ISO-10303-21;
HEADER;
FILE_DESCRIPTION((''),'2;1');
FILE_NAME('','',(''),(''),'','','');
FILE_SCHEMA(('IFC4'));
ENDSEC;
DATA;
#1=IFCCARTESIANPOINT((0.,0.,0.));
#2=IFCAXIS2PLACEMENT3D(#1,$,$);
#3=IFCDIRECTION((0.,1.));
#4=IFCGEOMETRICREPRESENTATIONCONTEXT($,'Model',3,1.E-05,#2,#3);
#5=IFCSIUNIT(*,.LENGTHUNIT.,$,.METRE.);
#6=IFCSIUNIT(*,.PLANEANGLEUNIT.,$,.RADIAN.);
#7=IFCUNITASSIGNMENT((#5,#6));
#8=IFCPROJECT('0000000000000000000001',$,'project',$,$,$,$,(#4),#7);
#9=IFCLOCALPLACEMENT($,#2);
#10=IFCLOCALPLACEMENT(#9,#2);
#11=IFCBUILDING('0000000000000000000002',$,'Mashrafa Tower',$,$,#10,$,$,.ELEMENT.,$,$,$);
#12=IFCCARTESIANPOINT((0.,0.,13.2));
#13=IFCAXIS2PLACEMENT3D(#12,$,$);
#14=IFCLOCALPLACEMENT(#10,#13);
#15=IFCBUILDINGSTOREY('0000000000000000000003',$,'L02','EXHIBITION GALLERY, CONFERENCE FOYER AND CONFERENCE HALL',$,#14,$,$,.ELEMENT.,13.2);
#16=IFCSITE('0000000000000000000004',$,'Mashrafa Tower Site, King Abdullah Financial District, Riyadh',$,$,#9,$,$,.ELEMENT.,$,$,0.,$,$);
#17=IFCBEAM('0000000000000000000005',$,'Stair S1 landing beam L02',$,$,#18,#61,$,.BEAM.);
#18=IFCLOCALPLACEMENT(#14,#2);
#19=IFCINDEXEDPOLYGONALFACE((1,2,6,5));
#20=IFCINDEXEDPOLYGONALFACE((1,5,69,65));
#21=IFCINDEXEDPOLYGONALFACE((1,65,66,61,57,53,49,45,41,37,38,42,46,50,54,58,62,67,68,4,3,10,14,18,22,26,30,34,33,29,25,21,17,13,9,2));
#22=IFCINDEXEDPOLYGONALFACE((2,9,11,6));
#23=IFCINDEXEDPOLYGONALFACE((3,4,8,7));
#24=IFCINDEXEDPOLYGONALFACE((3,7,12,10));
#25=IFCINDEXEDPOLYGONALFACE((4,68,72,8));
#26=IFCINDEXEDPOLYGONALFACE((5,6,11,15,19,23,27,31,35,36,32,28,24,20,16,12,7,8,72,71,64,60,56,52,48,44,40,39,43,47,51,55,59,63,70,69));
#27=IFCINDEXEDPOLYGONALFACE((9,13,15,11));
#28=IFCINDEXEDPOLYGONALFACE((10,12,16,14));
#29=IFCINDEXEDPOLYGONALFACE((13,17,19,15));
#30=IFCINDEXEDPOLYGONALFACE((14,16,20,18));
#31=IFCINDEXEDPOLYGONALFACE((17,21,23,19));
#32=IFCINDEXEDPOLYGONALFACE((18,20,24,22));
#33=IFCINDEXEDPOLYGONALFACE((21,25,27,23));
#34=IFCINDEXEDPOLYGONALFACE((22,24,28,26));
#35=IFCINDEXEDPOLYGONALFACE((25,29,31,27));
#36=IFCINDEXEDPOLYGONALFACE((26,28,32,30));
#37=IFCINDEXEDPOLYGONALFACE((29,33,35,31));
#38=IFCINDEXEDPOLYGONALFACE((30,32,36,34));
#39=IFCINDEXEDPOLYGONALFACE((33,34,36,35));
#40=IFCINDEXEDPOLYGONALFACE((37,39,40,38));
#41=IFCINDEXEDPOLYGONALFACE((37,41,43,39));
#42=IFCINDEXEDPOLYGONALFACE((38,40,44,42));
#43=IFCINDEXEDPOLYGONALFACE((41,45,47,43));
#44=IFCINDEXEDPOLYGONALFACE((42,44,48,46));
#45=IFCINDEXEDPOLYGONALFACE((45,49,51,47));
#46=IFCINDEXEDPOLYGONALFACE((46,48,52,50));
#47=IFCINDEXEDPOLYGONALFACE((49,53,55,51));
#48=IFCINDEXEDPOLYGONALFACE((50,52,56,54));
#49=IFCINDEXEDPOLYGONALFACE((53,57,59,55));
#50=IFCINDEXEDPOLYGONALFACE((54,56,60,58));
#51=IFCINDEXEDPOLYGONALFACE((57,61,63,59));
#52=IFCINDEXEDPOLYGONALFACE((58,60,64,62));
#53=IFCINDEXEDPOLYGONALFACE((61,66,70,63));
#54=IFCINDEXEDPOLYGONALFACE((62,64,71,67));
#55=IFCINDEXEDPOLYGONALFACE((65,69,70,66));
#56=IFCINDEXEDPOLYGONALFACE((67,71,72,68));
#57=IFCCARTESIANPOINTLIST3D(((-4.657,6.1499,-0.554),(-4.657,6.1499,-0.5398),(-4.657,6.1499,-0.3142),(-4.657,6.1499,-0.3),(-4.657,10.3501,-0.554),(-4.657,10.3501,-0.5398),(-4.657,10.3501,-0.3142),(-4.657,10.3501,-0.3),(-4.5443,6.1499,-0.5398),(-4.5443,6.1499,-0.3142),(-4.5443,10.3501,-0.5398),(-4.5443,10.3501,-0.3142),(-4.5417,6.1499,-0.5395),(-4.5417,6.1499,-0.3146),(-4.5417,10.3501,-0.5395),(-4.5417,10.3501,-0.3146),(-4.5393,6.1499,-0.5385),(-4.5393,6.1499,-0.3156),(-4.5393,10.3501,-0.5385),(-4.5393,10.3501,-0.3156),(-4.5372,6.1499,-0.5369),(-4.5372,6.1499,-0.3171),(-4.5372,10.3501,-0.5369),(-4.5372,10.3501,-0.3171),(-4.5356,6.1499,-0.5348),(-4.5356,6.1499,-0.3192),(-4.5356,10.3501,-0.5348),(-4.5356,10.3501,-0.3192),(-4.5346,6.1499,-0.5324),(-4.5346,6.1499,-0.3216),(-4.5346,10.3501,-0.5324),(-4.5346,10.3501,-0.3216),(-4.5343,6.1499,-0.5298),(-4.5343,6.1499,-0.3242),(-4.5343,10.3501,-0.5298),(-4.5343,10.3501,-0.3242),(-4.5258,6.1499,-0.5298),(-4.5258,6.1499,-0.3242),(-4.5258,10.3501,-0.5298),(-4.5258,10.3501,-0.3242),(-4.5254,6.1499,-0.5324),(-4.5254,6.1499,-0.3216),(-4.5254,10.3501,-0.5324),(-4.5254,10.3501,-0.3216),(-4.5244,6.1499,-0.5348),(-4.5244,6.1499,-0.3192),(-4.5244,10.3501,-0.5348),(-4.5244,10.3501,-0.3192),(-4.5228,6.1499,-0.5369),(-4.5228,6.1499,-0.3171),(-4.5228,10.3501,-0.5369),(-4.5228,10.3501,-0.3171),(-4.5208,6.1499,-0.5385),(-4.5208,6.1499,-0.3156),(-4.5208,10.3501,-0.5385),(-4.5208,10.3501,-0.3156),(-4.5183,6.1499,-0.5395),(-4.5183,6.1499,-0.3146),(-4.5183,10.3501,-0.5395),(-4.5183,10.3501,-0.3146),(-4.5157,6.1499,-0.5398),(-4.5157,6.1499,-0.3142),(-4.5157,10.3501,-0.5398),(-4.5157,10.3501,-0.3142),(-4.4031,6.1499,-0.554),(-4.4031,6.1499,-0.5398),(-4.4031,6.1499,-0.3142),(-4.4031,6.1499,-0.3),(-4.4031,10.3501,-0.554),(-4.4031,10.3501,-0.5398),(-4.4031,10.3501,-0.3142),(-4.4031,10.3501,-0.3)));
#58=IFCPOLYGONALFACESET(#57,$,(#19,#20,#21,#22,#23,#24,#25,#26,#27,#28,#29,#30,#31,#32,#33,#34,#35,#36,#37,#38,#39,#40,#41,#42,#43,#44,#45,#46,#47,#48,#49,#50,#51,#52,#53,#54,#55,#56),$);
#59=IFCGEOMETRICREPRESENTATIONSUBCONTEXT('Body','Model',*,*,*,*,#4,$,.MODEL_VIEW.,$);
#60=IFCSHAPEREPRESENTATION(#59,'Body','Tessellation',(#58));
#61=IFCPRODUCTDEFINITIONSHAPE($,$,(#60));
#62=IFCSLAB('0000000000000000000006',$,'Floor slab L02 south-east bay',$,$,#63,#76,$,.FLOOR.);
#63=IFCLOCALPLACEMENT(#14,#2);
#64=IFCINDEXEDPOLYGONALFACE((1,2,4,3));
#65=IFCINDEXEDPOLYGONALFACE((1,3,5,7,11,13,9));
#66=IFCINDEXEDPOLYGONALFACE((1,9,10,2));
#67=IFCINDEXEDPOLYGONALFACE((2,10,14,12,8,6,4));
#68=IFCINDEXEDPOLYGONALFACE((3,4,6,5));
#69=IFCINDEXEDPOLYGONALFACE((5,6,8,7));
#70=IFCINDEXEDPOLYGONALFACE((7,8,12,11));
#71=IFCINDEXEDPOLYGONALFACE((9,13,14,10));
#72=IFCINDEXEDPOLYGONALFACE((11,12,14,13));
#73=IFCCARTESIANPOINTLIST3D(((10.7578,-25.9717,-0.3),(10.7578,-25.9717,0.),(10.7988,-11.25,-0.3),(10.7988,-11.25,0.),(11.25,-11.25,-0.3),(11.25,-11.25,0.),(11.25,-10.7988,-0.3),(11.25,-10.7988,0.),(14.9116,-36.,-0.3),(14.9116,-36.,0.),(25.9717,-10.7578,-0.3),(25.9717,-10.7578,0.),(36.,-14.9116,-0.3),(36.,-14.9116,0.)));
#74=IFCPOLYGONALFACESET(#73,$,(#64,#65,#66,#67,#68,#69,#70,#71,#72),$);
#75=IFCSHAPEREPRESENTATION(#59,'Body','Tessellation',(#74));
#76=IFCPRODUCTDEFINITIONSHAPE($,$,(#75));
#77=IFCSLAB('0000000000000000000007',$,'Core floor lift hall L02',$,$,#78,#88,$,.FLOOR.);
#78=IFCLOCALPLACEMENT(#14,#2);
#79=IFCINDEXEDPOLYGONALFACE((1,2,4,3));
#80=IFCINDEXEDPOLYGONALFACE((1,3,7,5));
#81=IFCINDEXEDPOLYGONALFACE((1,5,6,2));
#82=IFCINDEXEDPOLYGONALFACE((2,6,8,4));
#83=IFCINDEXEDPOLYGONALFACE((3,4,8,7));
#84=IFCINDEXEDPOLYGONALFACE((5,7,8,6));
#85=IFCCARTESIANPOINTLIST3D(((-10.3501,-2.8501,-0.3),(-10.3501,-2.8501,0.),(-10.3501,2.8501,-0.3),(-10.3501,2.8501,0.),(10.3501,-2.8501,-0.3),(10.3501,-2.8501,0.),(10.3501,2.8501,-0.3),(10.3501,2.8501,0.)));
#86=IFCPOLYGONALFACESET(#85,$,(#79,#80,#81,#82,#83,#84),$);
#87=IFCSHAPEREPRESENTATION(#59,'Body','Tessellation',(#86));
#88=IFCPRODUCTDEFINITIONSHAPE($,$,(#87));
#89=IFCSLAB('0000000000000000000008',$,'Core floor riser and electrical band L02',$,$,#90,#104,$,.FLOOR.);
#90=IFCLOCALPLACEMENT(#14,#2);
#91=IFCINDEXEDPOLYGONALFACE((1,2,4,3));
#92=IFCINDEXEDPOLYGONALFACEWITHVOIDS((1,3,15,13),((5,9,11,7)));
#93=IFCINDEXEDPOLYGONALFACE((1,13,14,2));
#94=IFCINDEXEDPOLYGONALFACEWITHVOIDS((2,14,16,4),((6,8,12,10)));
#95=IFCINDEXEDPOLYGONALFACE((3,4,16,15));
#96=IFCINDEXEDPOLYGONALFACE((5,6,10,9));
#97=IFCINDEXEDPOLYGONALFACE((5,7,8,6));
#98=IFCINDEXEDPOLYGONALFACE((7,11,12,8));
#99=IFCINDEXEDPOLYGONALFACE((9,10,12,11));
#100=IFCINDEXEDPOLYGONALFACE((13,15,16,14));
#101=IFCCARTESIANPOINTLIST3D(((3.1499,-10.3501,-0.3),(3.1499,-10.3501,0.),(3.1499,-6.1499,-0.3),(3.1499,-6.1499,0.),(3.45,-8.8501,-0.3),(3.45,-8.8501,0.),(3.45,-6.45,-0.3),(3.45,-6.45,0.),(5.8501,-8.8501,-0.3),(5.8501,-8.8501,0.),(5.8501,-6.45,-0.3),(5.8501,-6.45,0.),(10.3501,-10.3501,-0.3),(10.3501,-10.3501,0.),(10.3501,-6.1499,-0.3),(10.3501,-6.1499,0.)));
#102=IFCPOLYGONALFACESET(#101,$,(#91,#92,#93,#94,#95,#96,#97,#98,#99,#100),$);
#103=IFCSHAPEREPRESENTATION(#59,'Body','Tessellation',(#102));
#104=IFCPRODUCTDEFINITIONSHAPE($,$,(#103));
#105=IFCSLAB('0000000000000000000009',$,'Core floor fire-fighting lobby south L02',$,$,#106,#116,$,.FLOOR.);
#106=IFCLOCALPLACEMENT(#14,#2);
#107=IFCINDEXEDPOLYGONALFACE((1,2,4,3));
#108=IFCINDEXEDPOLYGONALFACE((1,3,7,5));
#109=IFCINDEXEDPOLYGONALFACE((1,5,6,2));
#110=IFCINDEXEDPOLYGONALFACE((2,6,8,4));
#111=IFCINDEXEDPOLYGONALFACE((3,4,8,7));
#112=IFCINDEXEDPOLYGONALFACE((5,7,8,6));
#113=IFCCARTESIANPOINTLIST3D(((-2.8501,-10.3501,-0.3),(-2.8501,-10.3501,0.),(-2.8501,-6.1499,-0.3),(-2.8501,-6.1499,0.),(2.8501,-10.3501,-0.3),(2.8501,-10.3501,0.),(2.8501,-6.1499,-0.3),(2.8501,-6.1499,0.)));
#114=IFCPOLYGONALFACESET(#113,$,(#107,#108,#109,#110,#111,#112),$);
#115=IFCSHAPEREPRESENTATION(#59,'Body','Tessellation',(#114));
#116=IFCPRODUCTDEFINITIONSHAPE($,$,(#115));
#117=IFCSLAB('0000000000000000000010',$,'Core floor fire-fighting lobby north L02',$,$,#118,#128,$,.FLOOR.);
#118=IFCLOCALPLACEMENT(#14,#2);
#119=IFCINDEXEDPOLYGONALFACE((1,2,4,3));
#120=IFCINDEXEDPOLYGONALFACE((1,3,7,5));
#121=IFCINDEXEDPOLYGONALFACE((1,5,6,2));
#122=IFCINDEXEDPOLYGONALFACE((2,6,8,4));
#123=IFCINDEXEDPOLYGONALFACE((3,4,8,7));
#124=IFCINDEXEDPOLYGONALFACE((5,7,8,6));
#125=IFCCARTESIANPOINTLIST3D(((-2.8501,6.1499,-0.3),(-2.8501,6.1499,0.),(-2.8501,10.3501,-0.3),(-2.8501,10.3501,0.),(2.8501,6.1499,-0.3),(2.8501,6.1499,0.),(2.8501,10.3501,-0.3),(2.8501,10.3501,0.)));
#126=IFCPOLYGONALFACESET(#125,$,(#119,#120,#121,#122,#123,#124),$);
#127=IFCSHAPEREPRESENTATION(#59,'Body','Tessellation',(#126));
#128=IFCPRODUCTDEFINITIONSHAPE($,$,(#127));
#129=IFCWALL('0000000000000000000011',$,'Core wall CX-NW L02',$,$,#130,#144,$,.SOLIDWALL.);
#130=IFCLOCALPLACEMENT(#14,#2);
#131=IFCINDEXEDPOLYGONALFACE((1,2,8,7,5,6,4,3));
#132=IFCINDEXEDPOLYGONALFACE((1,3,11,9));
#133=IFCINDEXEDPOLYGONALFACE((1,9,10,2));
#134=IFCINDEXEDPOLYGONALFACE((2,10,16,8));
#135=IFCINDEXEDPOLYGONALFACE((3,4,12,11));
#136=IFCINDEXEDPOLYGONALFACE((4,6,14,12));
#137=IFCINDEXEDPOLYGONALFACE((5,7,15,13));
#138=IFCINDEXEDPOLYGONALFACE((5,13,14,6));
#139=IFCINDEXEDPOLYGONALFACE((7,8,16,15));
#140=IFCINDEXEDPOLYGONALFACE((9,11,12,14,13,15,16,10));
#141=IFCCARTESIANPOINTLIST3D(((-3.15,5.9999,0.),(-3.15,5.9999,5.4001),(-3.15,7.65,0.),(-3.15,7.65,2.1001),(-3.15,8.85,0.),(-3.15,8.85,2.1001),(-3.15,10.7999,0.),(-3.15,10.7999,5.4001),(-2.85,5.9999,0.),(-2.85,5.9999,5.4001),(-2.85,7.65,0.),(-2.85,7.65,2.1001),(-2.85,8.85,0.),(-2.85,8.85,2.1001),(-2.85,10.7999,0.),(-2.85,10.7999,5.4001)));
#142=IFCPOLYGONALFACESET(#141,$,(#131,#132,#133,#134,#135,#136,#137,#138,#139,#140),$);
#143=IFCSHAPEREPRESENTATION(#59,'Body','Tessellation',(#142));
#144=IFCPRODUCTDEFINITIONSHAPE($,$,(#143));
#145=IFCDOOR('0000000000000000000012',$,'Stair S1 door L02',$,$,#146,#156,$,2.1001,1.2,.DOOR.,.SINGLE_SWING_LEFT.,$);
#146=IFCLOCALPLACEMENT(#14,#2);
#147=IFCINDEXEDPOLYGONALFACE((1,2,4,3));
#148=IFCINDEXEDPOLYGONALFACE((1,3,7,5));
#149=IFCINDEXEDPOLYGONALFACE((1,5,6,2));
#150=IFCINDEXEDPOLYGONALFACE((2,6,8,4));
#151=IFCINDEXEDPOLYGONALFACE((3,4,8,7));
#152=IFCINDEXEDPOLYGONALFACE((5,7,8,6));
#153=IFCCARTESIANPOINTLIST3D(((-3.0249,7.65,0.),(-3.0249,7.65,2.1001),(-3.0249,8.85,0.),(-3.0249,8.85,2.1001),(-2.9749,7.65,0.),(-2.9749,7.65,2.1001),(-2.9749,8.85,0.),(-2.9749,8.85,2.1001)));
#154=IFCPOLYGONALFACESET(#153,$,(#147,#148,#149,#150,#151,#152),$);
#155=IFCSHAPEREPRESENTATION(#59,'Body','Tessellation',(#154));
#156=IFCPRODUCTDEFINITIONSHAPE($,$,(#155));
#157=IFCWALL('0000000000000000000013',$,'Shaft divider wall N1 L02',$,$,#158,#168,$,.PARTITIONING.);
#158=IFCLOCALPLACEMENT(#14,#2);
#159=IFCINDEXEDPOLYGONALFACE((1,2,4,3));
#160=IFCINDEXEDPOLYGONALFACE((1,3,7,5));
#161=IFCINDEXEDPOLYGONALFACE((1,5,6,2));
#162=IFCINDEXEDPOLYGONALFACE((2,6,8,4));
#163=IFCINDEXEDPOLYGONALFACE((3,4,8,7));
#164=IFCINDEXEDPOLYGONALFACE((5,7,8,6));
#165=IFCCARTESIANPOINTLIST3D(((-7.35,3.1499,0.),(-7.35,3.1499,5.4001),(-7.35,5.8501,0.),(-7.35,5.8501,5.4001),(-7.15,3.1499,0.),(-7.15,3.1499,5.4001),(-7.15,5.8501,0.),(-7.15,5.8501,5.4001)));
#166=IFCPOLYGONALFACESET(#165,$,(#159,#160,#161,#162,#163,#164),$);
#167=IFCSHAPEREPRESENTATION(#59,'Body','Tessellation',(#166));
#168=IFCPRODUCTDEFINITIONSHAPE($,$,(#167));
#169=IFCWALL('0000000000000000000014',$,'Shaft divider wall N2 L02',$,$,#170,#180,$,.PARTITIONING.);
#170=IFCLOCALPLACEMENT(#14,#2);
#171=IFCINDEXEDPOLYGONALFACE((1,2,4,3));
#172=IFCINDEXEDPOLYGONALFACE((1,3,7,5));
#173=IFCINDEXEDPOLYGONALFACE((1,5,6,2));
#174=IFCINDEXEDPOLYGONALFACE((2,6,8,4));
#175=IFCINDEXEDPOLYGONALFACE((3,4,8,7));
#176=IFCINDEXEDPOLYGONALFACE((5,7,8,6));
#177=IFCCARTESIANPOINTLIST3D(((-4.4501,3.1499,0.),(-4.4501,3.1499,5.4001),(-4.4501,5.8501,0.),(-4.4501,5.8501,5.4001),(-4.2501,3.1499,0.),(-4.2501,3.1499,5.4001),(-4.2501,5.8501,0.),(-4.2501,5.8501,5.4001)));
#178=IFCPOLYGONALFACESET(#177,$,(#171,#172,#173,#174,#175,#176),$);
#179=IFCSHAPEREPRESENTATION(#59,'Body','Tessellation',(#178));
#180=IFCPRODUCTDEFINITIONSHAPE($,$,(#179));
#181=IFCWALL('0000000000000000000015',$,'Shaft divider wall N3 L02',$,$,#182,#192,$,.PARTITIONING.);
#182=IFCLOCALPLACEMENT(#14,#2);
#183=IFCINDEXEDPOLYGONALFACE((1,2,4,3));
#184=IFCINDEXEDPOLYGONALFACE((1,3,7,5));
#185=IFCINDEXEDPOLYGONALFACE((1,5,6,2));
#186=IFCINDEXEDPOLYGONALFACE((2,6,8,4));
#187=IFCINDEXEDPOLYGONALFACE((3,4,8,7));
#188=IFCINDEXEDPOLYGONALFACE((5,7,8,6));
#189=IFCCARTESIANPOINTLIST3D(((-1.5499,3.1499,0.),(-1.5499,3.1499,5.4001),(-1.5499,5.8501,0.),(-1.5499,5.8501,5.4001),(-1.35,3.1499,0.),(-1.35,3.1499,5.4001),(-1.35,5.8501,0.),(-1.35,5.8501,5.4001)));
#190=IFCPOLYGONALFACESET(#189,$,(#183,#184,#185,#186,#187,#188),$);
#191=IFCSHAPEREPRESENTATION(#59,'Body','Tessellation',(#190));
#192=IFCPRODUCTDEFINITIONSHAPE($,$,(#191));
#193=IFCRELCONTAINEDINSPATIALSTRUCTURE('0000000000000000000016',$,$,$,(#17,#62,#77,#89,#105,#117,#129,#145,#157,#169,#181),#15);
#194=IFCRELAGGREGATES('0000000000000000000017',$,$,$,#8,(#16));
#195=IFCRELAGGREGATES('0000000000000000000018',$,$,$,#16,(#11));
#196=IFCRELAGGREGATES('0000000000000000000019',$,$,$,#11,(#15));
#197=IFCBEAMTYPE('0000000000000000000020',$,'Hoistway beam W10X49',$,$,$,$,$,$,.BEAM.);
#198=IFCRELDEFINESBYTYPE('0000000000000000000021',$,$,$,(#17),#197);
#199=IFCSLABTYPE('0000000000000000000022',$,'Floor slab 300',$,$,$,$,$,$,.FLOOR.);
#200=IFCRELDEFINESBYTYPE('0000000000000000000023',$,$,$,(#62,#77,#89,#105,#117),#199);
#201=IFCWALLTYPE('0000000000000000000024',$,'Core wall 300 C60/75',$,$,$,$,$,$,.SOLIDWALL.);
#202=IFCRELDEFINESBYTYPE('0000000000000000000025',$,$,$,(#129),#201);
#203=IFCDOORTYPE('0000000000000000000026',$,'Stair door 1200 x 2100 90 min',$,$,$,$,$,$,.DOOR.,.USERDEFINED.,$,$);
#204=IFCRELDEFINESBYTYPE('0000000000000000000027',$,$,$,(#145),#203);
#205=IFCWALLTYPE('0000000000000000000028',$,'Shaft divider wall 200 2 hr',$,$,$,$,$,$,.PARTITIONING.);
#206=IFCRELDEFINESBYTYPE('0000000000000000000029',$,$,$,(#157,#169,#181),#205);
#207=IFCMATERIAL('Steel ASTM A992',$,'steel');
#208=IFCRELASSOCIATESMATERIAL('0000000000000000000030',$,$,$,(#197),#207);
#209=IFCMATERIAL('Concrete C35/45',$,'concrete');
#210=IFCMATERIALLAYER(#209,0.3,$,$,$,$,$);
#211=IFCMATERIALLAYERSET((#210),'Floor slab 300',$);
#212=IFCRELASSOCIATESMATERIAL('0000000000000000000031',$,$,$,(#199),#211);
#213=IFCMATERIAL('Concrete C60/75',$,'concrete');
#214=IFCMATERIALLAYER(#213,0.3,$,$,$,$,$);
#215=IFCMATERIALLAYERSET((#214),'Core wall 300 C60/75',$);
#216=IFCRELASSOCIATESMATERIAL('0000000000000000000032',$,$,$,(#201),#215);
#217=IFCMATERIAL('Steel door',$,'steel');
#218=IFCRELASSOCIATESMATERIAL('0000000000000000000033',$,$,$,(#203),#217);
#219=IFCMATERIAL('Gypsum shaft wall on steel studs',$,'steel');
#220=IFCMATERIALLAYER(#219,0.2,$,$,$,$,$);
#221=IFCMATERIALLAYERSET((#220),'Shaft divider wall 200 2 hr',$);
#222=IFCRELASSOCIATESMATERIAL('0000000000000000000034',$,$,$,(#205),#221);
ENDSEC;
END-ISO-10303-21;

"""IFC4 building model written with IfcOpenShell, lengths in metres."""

from ifc_helpers import new_model, si_unit, direction, frame, frame_2d, origin, origin_2d, place, context, subcontext, project, spatial, polyline, rectangle, i_section, outline, extrude, material, layer, layer_set, material_profile, profile_set, type_object, element, fill, save


model = new_model("IFC4")

# Units and contexts
model_context = context("Model", 3, precision=1e-05, world=origin(), true_north=direction((0.0, 1.0)))
body_context = subcontext(model_context, "Body", "Model", "MODEL_VIEW")
ifc_project = project(units=[si_unit("LENGTHUNIT", "METRE"), si_unit("PLANEANGLEUNIT", "RADIAN")], contexts=[model_context])

# Site, building, storey
site_placement = place(None, origin())
site = spatial("IfcSite", under=ifc_project, at=site_placement, Name="Mashrafa Tower Site, King Abdullah Financial District, Riyadh", CompositionType="ELEMENT", RefElevation=0.0)
building_placement = place(site_placement, origin())
building = spatial("IfcBuilding", under=site, at=building_placement, Name="Mashrafa Tower", CompositionType="ELEMENT")
storey_placement = place(building_placement, frame((0.0, 0.0, 13.2)))
storey = spatial("IfcBuildingStorey", under=building, at=storey_placement, Name="L02", Description="EXHIBITION GALLERY, CONFERENCE FOYER AND CONFERENCE HALL", CompositionType="ELEMENT", Elevation=13.2)

# Beam
ifc_material_1 = material(Name="Steel ASTM A992", Category="steel")
ifc_material_profile = material_profile(ifc_material_1, i_section(OverallWidth=0.2539, OverallDepth=0.2539, WebThickness=0.0085, FlangeThickness=0.0142, FilletRadius=0.01, at=origin_2d()), Name="W10X49")
ifc_profile_set = profile_set([ifc_material_profile], Name="Steel ASTM A992")
beam_type = type_object("IfcBeamType", Name="Hoistway beam W10X49", PredefinedType="BEAM", material=ifc_profile_set)
beam_placement = place(storey_placement, frame((-4.53, 6.1499, -0.427), z_axis=(0.0, 1.0, 0.0), x_axis=(-1.0, 0.0, 0.0)))
element("IfcBeam", 1, at=beam_placement, inside=storey, type_object=beam_type, Name="Stair S1 landing beam L02", PredefinedType="BEAM", context=body_context, shape_type="SweptSolid", body=[
    extrude(i_section(OverallWidth=0.2539, OverallDepth=0.2539, WebThickness=0.0085, FlangeThickness=0.0142, FilletRadius=0.01, at=origin_2d()), origin(), (0.0, 0.0, 1.0), 4.2002),
])

# Slabs
ifc_material_2 = material(Name="Concrete C35/45", Category="concrete")
ifc_layer_1 = layer(ifc_material_2, 0.3)
ifc_layer_set_1 = layer_set([ifc_layer_1], Name="Floor slab 300")
slab_type = type_object("IfcSlabType", Name="Floor slab 300", PredefinedType="FLOOR", material=ifc_layer_set_1)
slab_1_placement = place(storey_placement, frame((0.0, 0.0, -0.3)))
element("IfcSlab", 2, at=slab_1_placement, inside=storey, type_object=slab_type, Name="Floor slab L02 south-east bay", PredefinedType="FLOOR", context=body_context, shape_type="SweptSolid", body=[
    extrude(outline(polyline([(14.9116, -36.0), (10.7578, -25.9717), (10.7988, -11.25), (11.25, -11.25), (11.25, -10.7988), (25.9717, -10.7578), (36.0, -14.9116), (14.9116, -36.0)])), origin(), (0.0, 0.0, 1.0), 0.3),
])
slab_2_placement = place(storey_placement, frame((0.0, 0.0, -0.3)))
element("IfcSlab", 3, at=slab_2_placement, inside=storey, type_object=slab_type, Name="Core floor lift hall L02", PredefinedType="FLOOR", context=body_context, shape_type="SweptSolid", body=[
    extrude(outline(polyline([(-10.3501, 2.8501), (10.3501, 2.8501), (10.3501, -2.8501), (-10.3501, -2.8501), (-10.3501, 2.8501)])), origin(), (0.0, 0.0, 1.0), 0.3),
])
slab_3_placement = place(storey_placement, frame((0.0, 0.0, -0.3)))
element("IfcSlab", 4, at=slab_3_placement, inside=storey, type_object=slab_type, Name="Core floor riser and electrical band L02", PredefinedType="FLOOR", context=body_context, shape_type="SweptSolid", body=[
    extrude(outline(polyline([(10.3501, -6.1499), (10.3501, -10.3501), (3.1499, -10.3501), (3.1499, -6.1499), (10.3501, -6.1499)]), holes=[polyline([(3.45, -6.45), (3.45, -8.8501), (5.8501, -8.8501), (5.8501, -6.45), (3.45, -6.45)])]), origin(), (0.0, 0.0, 1.0), 0.3),
])
slab_4_placement = place(storey_placement, frame((0.0, 0.0, -0.3)))
element("IfcSlab", 5, at=slab_4_placement, inside=storey, type_object=slab_type, Name="Core floor fire-fighting lobby south L02", PredefinedType="FLOOR", context=body_context, shape_type="SweptSolid", body=[
    extrude(outline(polyline([(2.8501, -6.1499), (2.8501, -10.3501), (-2.8501, -10.3501), (-2.8501, -6.1499), (2.8501, -6.1499)])), origin(), (0.0, 0.0, 1.0), 0.3),
])
slab_5_placement = place(storey_placement, frame((0.0, 0.0, -0.3)))
element("IfcSlab", 6, at=slab_5_placement, inside=storey, type_object=slab_type, Name="Core floor fire-fighting lobby north L02", PredefinedType="FLOOR", context=body_context, shape_type="SweptSolid", body=[
    extrude(outline(polyline([(-2.8501, 10.3501), (2.8501, 10.3501), (2.8501, 6.1499), (-2.8501, 6.1499), (-2.8501, 10.3501)])), origin(), (0.0, 0.0, 1.0), 0.3),
])

# Wall, opening, door
ifc_material_3 = material(Name="Concrete C60/75", Category="concrete")
ifc_layer_2 = layer(ifc_material_3, 0.3)
ifc_layer_set_2 = layer_set([ifc_layer_2], Name="Core wall 300 C60/75")
wall_type_1 = type_object("IfcWallType", Name="Core wall 300 C60/75", PredefinedType="SOLIDWALL", material=ifc_layer_set_2)
wall_placement = place(storey_placement, frame((-3.0, 6.0, 0.0), z_axis=(0.0, 0.0, 1.0), x_axis=(0.0, 1.0, 0.0)))
wall = element("IfcWall", 7, at=wall_placement, inside=storey, type_object=wall_type_1, Name="Core wall CX-NW L02", PredefinedType="SOLIDWALL", context=body_context, shape_type="SweptSolid", body=[
    extrude(rectangle(XDim=4.8, YDim=0.3, at=frame_2d((2.3999, 0.0))), origin(), (0.0, 0.0, 1.0), 5.4001),
])
opening_placement = place(wall_placement, frame((1.6499, 0.0, 0.0)))
opening = element("IfcOpeningElement", 8, at=opening_placement, cuts=wall, PredefinedType="OPENING", context=body_context, shape_type="SweptSolid", body=[
    extrude(rectangle(XDim=1.2, YDim=2.1001, at=frame_2d((0.6001, 1.05))), frame((0.0, 0.1599, 0.0), z_axis=(0.0, -1.0, 0.0), x_axis=(1.0, 0.0, 0.0)), (0.0, 0.0, 1.0), 0.3201),
])
ifc_material_4 = material(Name="Steel door", Category="steel")
door_type = type_object("IfcDoorType", Name="Stair door 1200 x 2100 90 min", OperationType="USERDEFINED", PredefinedType="DOOR", material=ifc_material_4)
door_placement = place(opening_placement, origin())
door = element("IfcDoor", 9, at=door_placement, inside=storey, type_object=door_type, Name="Stair S1 door L02", OperationType="SINGLE_SWING_LEFT", OverallHeight=2.1001, OverallWidth=1.2, PredefinedType="DOOR", context=body_context, shape_type="SweptSolid", body=[
    extrude(rectangle(XDim=1.2, YDim=2.1001, at=frame_2d((0.6001, 1.05))), frame((0.0, 0.0249, 0.0), z_axis=(0.0, -1.0, 0.0), x_axis=(1.0, 0.0, 0.0)), (0.0, 0.0, 1.0), 0.05),
])
fill(opening, door)

# Walls
ifc_material_5 = material(Name="Gypsum shaft wall on steel studs", Category="steel")
ifc_layer_3 = layer(ifc_material_5, 0.2)
ifc_layer_set_3 = layer_set([ifc_layer_3], Name="Shaft divider wall 200 2 hr")
wall_type_2 = type_object("IfcWallType", Name="Shaft divider wall 200 2 hr", PredefinedType="PARTITIONING", material=ifc_layer_set_3)
for number, where, z_axis, x_axis, name in (
    (10, (-7.25, 3.1499, 0.0), (0.0, 0.0, 1.0), (0.0, 1.0, 0.0), "Shaft divider wall N1 L02"),
    (11, (-4.3501, 3.1499, 0.0), (0.0, 0.0, 1.0), (0.0, 1.0, 0.0), "Shaft divider wall N2 L02"),
    (12, (-1.45, 3.1499, 0.0), (0.0, 0.0, 1.0), (0.0, 1.0, 0.0), "Shaft divider wall N3 L02"),
):
    element("IfcWall", number, at=place(storey_placement, frame(where, z_axis=z_axis, x_axis=x_axis)), inside=storey, type_object=wall_type_2, Name=name, PredefinedType="PARTITIONING", context=body_context, shape_type="SweptSolid", body=[
        extrude(rectangle(XDim=2.7002, YDim=0.2, at=frame_2d((1.3501, 0.0))), origin(), (0.0, 0.0, 1.0), 5.4001),
    ])

save(model, "model.ifc")
